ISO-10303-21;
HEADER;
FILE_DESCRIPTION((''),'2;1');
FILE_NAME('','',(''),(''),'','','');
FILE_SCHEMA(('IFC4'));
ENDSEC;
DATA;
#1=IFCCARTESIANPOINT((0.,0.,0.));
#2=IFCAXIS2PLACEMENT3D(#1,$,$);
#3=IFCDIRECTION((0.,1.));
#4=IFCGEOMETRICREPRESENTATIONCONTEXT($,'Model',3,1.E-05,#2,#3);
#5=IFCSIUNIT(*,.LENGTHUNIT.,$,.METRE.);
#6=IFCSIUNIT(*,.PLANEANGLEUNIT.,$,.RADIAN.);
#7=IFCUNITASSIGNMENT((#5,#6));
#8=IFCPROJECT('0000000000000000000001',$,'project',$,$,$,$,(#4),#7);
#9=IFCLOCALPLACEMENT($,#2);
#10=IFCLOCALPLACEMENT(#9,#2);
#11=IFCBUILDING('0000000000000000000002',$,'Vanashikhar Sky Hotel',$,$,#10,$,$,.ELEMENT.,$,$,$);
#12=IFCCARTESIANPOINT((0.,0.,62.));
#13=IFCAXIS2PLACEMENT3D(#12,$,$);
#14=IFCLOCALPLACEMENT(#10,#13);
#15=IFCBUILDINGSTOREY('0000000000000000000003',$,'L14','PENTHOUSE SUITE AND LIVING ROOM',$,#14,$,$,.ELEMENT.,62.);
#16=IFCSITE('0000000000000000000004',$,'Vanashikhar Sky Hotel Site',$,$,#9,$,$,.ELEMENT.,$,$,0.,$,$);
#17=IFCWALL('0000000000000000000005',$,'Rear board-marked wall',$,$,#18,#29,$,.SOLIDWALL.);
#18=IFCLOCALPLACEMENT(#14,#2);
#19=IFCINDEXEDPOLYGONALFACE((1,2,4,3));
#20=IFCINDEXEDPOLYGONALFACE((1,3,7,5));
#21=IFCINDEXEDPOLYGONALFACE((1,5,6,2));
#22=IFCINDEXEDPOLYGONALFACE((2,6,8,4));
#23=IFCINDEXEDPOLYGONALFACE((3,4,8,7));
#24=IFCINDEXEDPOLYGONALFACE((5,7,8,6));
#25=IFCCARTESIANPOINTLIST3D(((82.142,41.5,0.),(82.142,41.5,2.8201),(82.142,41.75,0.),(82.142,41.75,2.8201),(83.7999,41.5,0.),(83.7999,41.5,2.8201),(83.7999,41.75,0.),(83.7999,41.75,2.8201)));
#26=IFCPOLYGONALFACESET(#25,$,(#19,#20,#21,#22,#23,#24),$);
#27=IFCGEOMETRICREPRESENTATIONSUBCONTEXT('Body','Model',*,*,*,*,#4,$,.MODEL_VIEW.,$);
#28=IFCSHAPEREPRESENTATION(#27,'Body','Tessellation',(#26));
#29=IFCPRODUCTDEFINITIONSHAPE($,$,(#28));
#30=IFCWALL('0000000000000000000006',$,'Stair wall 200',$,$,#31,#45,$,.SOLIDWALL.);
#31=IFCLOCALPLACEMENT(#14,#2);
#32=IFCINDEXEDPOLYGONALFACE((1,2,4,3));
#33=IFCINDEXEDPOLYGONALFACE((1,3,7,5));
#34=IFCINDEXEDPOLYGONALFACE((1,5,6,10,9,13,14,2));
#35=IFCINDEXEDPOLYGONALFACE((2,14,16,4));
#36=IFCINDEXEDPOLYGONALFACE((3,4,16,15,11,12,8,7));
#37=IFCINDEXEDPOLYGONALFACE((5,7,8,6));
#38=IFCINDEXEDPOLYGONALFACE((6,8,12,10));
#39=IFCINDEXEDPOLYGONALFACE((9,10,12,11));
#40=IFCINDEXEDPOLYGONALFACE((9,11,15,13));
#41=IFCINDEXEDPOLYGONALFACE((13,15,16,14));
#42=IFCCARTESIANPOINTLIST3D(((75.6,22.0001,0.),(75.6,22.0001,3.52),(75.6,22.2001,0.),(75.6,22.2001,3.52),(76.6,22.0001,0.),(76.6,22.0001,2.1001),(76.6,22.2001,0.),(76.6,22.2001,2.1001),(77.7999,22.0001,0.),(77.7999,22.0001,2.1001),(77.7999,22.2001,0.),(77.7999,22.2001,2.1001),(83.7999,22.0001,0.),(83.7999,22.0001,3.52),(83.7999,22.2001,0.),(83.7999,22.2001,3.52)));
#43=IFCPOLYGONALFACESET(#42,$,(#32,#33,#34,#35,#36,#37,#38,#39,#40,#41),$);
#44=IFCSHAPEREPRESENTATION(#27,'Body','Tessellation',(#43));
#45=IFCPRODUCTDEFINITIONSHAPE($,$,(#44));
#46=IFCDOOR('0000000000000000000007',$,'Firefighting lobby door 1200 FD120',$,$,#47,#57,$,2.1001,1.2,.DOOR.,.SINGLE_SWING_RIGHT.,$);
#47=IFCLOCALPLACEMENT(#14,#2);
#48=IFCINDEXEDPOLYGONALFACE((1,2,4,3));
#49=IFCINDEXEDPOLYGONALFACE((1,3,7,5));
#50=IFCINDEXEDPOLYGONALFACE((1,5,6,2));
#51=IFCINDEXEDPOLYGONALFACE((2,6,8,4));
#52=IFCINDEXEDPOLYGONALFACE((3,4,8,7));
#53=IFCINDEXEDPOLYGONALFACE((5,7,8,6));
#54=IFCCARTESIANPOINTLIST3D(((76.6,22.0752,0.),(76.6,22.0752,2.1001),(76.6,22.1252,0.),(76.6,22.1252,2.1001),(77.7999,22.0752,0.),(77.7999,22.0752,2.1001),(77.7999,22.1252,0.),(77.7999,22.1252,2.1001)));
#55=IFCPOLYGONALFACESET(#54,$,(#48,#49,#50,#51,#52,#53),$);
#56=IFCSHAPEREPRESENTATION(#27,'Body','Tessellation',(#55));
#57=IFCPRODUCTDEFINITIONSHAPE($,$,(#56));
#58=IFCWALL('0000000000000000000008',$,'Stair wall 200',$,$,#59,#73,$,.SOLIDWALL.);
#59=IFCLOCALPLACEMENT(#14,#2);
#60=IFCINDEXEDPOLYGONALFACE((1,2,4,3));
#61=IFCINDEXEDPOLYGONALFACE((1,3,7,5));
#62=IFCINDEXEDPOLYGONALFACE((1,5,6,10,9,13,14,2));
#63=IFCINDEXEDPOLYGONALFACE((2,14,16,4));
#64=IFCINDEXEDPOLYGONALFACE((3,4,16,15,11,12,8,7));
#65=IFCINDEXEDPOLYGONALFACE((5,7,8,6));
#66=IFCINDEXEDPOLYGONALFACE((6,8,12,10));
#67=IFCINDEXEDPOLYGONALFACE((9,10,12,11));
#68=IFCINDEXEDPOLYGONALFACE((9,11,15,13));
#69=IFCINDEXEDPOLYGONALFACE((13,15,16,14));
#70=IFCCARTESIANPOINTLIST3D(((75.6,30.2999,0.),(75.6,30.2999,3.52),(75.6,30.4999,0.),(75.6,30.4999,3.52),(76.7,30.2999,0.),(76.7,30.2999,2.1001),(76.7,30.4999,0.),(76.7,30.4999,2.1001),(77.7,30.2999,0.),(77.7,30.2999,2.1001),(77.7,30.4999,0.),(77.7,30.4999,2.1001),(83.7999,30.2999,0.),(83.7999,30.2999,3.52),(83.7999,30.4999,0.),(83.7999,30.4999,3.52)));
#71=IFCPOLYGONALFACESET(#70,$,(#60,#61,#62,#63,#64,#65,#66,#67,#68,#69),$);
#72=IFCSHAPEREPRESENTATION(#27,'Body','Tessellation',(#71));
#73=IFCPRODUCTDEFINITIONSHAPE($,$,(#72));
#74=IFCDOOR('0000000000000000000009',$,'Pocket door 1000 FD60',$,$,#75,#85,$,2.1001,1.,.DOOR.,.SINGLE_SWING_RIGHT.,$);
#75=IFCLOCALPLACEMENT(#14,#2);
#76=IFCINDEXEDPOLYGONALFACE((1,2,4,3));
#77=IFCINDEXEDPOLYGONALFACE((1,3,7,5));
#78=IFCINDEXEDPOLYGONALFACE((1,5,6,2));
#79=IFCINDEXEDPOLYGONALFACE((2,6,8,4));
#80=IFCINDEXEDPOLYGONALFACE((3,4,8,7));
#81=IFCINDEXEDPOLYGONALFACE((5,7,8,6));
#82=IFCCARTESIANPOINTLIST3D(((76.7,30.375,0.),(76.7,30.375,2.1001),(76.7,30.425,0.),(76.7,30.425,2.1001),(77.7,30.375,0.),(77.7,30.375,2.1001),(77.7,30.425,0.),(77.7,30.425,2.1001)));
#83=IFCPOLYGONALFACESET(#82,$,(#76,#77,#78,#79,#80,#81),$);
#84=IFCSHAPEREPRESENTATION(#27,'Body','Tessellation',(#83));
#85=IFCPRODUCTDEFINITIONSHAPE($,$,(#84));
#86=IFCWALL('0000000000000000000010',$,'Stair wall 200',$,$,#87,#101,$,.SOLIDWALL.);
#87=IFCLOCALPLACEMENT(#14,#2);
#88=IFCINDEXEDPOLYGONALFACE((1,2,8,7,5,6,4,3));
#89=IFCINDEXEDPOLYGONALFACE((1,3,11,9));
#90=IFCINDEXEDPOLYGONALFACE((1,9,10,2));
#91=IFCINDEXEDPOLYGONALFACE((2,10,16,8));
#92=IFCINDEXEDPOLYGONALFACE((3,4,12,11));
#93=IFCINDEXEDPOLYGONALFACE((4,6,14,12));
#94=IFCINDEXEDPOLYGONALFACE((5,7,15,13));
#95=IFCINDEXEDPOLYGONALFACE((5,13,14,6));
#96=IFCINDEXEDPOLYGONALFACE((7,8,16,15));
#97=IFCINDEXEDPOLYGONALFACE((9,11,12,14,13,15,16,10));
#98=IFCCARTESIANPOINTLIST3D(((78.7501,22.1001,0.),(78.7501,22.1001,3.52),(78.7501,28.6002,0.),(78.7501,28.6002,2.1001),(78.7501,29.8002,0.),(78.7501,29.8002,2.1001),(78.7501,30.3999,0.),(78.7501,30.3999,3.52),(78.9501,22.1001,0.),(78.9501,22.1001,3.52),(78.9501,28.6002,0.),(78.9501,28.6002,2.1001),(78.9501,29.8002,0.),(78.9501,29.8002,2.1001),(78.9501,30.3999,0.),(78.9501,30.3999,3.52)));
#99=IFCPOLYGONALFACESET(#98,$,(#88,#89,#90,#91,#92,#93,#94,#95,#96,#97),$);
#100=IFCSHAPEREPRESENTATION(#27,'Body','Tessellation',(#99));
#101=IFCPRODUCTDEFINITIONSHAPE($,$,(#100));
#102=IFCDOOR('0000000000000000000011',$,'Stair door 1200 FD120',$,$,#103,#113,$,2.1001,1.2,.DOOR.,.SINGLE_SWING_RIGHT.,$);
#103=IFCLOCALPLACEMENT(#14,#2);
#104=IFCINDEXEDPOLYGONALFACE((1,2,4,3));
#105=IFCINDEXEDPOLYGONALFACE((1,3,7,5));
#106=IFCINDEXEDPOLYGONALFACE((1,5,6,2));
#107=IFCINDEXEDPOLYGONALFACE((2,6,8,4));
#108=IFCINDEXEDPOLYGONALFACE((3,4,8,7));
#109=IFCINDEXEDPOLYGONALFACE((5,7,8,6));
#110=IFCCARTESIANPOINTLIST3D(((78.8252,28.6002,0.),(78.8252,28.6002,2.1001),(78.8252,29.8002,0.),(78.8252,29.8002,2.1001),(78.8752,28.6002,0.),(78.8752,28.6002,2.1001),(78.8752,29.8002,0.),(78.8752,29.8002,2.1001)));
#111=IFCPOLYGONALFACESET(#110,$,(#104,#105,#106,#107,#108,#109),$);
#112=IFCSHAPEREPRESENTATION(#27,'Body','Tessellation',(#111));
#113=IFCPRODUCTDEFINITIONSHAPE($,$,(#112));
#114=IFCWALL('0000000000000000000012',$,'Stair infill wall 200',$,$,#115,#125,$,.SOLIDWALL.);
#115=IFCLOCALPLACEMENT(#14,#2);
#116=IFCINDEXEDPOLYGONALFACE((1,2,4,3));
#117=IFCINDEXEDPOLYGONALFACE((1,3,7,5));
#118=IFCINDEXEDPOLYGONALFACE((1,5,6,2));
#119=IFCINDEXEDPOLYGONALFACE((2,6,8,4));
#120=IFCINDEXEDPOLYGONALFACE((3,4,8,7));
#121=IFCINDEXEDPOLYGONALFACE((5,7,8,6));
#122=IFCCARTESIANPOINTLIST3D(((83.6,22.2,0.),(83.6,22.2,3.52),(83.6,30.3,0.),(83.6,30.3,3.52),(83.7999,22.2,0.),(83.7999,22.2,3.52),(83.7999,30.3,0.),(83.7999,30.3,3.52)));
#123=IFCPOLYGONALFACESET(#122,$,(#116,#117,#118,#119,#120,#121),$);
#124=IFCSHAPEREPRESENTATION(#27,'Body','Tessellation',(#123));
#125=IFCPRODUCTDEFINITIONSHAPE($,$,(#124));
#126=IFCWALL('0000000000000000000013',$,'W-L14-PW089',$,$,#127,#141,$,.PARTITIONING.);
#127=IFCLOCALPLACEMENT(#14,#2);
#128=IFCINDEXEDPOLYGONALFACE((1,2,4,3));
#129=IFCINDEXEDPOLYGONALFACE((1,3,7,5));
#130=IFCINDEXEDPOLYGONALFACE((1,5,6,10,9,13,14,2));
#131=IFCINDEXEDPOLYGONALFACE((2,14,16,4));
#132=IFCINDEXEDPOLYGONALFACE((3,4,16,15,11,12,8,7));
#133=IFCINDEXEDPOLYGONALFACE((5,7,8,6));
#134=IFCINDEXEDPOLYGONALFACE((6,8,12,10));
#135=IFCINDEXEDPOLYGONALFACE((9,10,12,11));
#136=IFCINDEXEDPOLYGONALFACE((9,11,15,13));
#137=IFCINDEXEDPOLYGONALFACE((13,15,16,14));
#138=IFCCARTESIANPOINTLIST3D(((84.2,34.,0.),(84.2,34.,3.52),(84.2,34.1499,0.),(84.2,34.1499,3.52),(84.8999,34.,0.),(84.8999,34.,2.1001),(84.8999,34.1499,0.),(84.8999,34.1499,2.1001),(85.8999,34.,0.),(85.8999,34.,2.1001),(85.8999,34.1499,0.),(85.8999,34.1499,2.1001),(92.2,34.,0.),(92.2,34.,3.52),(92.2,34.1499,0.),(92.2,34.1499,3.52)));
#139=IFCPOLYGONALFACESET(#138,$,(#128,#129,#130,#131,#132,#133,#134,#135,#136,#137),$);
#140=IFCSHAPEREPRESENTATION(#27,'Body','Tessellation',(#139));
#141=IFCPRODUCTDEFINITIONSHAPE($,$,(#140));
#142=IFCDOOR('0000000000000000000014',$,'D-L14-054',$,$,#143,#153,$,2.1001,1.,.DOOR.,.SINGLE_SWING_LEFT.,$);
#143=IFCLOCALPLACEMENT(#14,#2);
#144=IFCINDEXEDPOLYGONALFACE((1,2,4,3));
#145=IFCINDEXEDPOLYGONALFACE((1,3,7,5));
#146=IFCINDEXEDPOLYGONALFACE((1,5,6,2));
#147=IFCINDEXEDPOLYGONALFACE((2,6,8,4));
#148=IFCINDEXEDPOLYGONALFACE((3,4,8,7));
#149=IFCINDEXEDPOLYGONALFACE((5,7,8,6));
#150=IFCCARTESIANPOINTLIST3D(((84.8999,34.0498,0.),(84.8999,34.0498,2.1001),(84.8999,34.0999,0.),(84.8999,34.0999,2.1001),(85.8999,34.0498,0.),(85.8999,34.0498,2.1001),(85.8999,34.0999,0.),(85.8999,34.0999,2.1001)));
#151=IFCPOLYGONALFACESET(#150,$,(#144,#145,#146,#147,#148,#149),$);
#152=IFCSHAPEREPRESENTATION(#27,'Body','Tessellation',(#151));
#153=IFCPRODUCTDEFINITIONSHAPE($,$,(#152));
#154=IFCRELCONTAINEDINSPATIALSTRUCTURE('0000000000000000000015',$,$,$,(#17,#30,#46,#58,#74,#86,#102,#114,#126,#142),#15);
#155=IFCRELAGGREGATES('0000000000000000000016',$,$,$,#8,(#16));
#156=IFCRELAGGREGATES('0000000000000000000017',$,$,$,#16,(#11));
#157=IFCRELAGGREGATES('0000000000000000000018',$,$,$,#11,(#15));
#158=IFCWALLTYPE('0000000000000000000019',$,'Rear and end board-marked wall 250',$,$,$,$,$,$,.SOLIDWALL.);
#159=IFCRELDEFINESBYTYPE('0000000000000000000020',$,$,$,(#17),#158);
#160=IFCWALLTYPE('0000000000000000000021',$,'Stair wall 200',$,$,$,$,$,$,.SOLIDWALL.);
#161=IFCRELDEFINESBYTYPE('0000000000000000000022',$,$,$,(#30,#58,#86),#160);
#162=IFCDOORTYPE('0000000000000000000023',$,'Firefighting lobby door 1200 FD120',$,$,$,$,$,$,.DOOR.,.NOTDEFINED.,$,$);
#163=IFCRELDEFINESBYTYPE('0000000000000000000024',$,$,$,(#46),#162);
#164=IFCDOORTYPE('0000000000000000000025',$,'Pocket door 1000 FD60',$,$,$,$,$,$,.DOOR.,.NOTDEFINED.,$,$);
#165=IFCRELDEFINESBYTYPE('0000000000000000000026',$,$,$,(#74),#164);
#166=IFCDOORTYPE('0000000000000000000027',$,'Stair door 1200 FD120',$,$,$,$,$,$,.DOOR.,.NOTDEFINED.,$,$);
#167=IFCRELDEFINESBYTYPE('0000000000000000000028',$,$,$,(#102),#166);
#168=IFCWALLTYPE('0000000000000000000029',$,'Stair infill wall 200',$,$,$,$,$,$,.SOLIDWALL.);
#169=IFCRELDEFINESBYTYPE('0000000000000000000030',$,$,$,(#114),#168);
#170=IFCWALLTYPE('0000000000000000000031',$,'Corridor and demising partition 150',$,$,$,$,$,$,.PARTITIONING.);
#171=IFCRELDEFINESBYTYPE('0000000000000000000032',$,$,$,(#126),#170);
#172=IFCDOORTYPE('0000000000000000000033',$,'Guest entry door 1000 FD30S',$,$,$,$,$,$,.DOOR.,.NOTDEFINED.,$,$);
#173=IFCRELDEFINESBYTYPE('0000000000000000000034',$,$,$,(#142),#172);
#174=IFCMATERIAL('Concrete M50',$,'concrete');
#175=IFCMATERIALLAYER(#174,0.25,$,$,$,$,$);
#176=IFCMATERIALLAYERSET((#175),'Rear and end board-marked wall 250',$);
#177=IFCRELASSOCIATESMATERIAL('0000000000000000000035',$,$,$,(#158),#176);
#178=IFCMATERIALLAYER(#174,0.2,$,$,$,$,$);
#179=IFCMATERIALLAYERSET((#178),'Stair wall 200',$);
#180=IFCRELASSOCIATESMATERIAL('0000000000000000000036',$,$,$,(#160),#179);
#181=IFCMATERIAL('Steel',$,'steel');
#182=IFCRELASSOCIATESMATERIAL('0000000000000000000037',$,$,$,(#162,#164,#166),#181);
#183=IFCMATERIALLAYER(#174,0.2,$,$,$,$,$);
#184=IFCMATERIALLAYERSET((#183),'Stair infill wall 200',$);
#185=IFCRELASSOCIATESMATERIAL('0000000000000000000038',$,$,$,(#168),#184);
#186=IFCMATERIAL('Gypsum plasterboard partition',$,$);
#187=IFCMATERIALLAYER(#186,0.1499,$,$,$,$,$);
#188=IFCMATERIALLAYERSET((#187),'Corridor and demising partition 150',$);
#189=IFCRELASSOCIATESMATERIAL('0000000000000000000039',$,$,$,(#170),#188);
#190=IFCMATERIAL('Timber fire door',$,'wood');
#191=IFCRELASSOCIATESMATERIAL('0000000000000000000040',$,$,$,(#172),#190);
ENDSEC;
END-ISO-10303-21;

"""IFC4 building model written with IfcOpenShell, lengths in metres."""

from ifc_helpers import new_model, si_unit, direction, frame, frame_2d, origin, place, context, subcontext, project, spatial, rectangle, extrude, source, transform, mapped, material, layer, layer_set, type_object, element, fill, save


model = new_model("IFC4")

# Units and contexts
model_context = context("Model", 3, precision=1e-05, world=origin(), true_north=direction((0.0, 1.0)))
body_context = subcontext(model_context, "Body", "Model", "MODEL_VIEW")
ifc_project = project(units=[si_unit("LENGTHUNIT", "METRE"), si_unit("PLANEANGLEUNIT", "RADIAN")], contexts=[model_context])

# Site, building, storey
site_placement = place(None, origin())
site = spatial("IfcSite", under=ifc_project, at=site_placement, Name="Vanashikhar Sky Hotel Site", CompositionType="ELEMENT", RefElevation=0.0)
building_placement = place(site_placement, origin())
building = spatial("IfcBuilding", under=site, at=building_placement, Name="Vanashikhar Sky Hotel", CompositionType="ELEMENT")
storey_placement = place(building_placement, frame((0.0, 0.0, 62.0)))
storey = spatial("IfcBuildingStorey", under=building, at=storey_placement, Name="L14", Description="PENTHOUSE SUITE AND LIVING ROOM", CompositionType="ELEMENT", Elevation=62.0)

# Shared definitions
ifc_material_1 = material(Name="Concrete M50", Category="concrete")

# Shared definitions
ifc_material_2 = material(Name="Steel", Category="steel")
shared_shape_1 = source(origin(), body_context, "Body", "SweptSolid", [
    extrude(rectangle(XDim=1.2, YDim=2.1001, at=frame_2d((0.6001, 1.05))), frame((0.0, 0.0249, 0.0), z_axis=(0.0, -1.0, 0.0), x_axis=(1.0, 0.0, 0.0)), (0.0, 0.0, 1.0), 0.05),
])

# Wall
ifc_layer_1 = layer(ifc_material_1, 0.25)
ifc_layer_set_1 = layer_set([ifc_layer_1], Name="Rear and end board-marked wall 250")
wall_type_1 = type_object("IfcWallType", Name="Rear and end board-marked wall 250", PredefinedType="SOLIDWALL", material=ifc_layer_set_1)
shared_shape_2 = source(origin(), body_context, "Body", "SweptSolid", [
    extrude(rectangle(XDim=1.658, YDim=0.25, at=frame_2d((0.8291, 0.0))), origin(), (0.0, 0.0, 1.0), 2.8201),
])
wall_1_placement = place(storey_placement, frame((83.8, 41.625, 0.0), z_axis=(0.0, 0.0, 1.0), x_axis=(-1.0, 0.0, 0.0)))
element("IfcWall", 1, at=wall_1_placement, inside=storey, type_object=wall_type_1, Name="Rear board-marked wall", PredefinedType="SOLIDWALL", context=body_context, shape_type="MappedRepresentation", body=[
    mapped(shared_shape_2, transform((0.0, 0.0, 0.0), scale=1.0)),
])

# Walls, openings, doors
ifc_layer_2 = layer(ifc_material_1, 0.2)
ifc_layer_set_2 = layer_set([ifc_layer_2], Name="Stair wall 200")
wall_type_2 = type_object("IfcWallType", Name="Stair wall 200", PredefinedType="SOLIDWALL", material=ifc_layer_set_2)
shared_shape_3 = source(origin(), body_context, "Body", "SweptSolid", [
    extrude(rectangle(XDim=8.2, YDim=0.2, at=frame_2d((4.1001, 0.0))), origin(), (0.0, 0.0, 1.0), 3.52),
])
wall_2_placement = place(storey_placement, frame((83.8, 22.1001, 0.0), z_axis=(0.0, 0.0, 1.0), x_axis=(-1.0, 0.0, 0.0)))
wall_2 = element("IfcWall", 2, at=wall_2_placement, inside=storey, type_object=wall_type_2, Name="Stair wall 200", PredefinedType="SOLIDWALL", context=body_context, shape_type="MappedRepresentation", body=[
    mapped(shared_shape_3, transform((0.0, 0.0, 0.0), scale=1.0)),
])
shared_shape_4 = source(origin(), body_context, "Body", "SweptSolid", [
    extrude(rectangle(XDim=1.2, YDim=2.1001, at=frame_2d((0.6001, 1.05))), frame((0.0, 0.1099, 0.0), z_axis=(0.0, -1.0, 0.0), x_axis=(1.0, 0.0, 0.0)), (0.0, 0.0, 1.0), 0.22),
])
opening_1_placement = place(wall_2_placement, frame((6.0, 0.0, 0.0)))
opening_1 = element("IfcOpeningElement", 3, at=opening_1_placement, cuts=wall_2, PredefinedType="OPENING", context=body_context, shape_type="MappedRepresentation", body=[
    mapped(shared_shape_4, transform((0.0, 0.0, 0.0), scale=1.0)),
])
door_type_1 = type_object("IfcDoorType", Name="Firefighting lobby door 1200 FD120", OperationType="NOTDEFINED", PredefinedType="DOOR", material=ifc_material_2)
door_1_placement = place(opening_1_placement, origin())
door_1 = element("IfcDoor", 4, at=door_1_placement, inside=storey, type_object=door_type_1, Name="Firefighting lobby door 1200 FD120", OperationType="SINGLE_SWING_RIGHT", OverallHeight=2.1001, OverallWidth=1.2, PredefinedType="DOOR", context=body_context, shape_type="MappedRepresentation", body=[
    mapped(shared_shape_1, transform((0.0, 0.0, 0.0), scale=1.0)),
])
fill(opening_1, door_1)
wall_3_placement = place(storey_placement, frame((83.8, 30.3999, 0.0), z_axis=(0.0, 0.0, 1.0), x_axis=(-1.0, 0.0, 0.0)))
wall_3 = element("IfcWall", 5, at=wall_3_placement, inside=storey, type_object=wall_type_2, Name="Stair wall 200", PredefinedType="SOLIDWALL", context=body_context, shape_type="MappedRepresentation", body=[
    mapped(shared_shape_3, transform((0.0, 0.0, 0.0), scale=1.0)),
])
shared_shape_5 = source(origin(), body_context, "Body", "SweptSolid", [
    extrude(rectangle(XDim=1.0, YDim=2.1001, at=frame_2d((0.5, 1.05))), frame((0.0, 0.1099, 0.0), z_axis=(0.0, -1.0, 0.0), x_axis=(1.0, 0.0, 0.0)), (0.0, 0.0, 1.0), 0.22),
])
opening_2_placement = place(wall_3_placement, frame((6.1001, 0.0, 0.0)))
opening_2 = element("IfcOpeningElement", 6, at=opening_2_placement, cuts=wall_3, PredefinedType="OPENING", context=body_context, shape_type="MappedRepresentation", body=[
    mapped(shared_shape_5, transform((0.0, 0.0, 0.0), scale=1.0)),
])
door_type_2 = type_object("IfcDoorType", Name="Pocket door 1000 FD60", OperationType="NOTDEFINED", PredefinedType="DOOR", material=ifc_material_2)
shared_shape_6 = source(origin(), body_context, "Body", "SweptSolid", [
    extrude(rectangle(XDim=1.0, YDim=2.1001, at=frame_2d((0.5, 1.05))), frame((0.0, 0.0249, 0.0), z_axis=(0.0, -1.0, 0.0), x_axis=(1.0, 0.0, 0.0)), (0.0, 0.0, 1.0), 0.05),
])
door_2_placement = place(opening_2_placement, origin())
door_2 = element("IfcDoor", 7, at=door_2_placement, inside=storey, type_object=door_type_2, Name="Pocket door 1000 FD60", OperationType="SINGLE_SWING_RIGHT", OverallHeight=2.1001, OverallWidth=1.0, PredefinedType="DOOR", context=body_context, shape_type="MappedRepresentation", body=[
    mapped(shared_shape_6, transform((0.0, 0.0, 0.0), scale=1.0)),
])
fill(opening_2, door_2)
shared_shape_7 = source(origin(), body_context, "Body", "SweptSolid", [
    extrude(rectangle(XDim=8.2998, YDim=0.2, at=frame_2d((4.1499, 0.0))), origin(), (0.0, 0.0, 1.0), 3.52),
])
wall_4_placement = place(storey_placement, frame((78.8501, 22.1001, 0.0), z_axis=(0.0, 0.0, 1.0), x_axis=(0.0, 1.0, 0.0)))
wall_4 = element("IfcWall", 8, at=wall_4_placement, inside=storey, type_object=wall_type_2, Name="Stair wall 200", PredefinedType="SOLIDWALL", context=body_context, shape_type="MappedRepresentation", body=[
    mapped(shared_shape_7, transform((0.0, 0.0, 0.0), scale=1.0)),
])
opening_3_placement = place(wall_4_placement, frame((6.5, 0.0, 0.0)))
opening_3 = element("IfcOpeningElement", 9, at=opening_3_placement, cuts=wall_4, PredefinedType="OPENING", context=body_context, shape_type="MappedRepresentation", body=[
    mapped(shared_shape_4, transform((0.0, 0.0, 0.0), scale=1.0)),
])
door_type_3 = type_object("IfcDoorType", Name="Stair door 1200 FD120", OperationType="NOTDEFINED", PredefinedType="DOOR", material=ifc_material_2)
door_3_placement = place(opening_3_placement, origin())
door_3 = element("IfcDoor", 10, at=door_3_placement, inside=storey, type_object=door_type_3, Name="Stair door 1200 FD120", OperationType="SINGLE_SWING_RIGHT", OverallHeight=2.1001, OverallWidth=1.2, PredefinedType="DOOR", context=body_context, shape_type="MappedRepresentation", body=[
    mapped(shared_shape_1, transform((0.0, 0.0, 0.0), scale=1.0)),
])
fill(opening_3, door_3)

# Wall
ifc_layer_3 = layer(ifc_material_1, 0.2)
ifc_layer_set_3 = layer_set([ifc_layer_3], Name="Stair infill wall 200")
wall_type_3 = type_object("IfcWallType", Name="Stair infill wall 200", PredefinedType="SOLIDWALL", material=ifc_layer_set_3)
shared_shape_8 = source(origin(), body_context, "Body", "SweptSolid", [
    extrude(rectangle(XDim=8.1001, YDim=0.2, at=frame_2d((4.05, 0.0))), origin(), (0.0, 0.0, 1.0), 3.52),
])
wall_5_placement = place(storey_placement, frame((83.7, 22.2, 0.0), z_axis=(0.0, 0.0, 1.0), x_axis=(0.0, 1.0, 0.0)))
element("IfcWall", 11, at=wall_5_placement, inside=storey, type_object=wall_type_3, Name="Stair infill wall 200", PredefinedType="SOLIDWALL", context=body_context, shape_type="MappedRepresentation", body=[
    mapped(shared_shape_8, transform((0.0, 0.0, 0.0), scale=1.0)),
])

# Wall, opening, door
ifc_material_3 = material(Name="Gypsum plasterboard partition")
ifc_layer_4 = layer(ifc_material_3, 0.1499)
ifc_layer_set_4 = layer_set([ifc_layer_4], Name="Corridor and demising partition 150")
wall_type_4 = type_object("IfcWallType", Name="Corridor and demising partition 150", PredefinedType="PARTITIONING", material=ifc_layer_set_4)
shared_shape_9 = source(origin(), body_context, "Body", "SweptSolid", [
    extrude(rectangle(XDim=8.0, YDim=0.1499, at=frame_2d((4.0, 0.0))), origin(), (0.0, 0.0, 1.0), 3.52),
])
wall_6_placement = place(storey_placement, frame((84.2, 34.075, 0.0), z_axis=(0.0, 0.0, 1.0), x_axis=(1.0, 0.0, 0.0)))
wall_6 = element("IfcWall", 12, at=wall_6_placement, inside=storey, type_object=wall_type_4, Name="W-L14-PW089", PredefinedType="PARTITIONING", context=body_context, shape_type="MappedRepresentation", body=[
    mapped(shared_shape_9, transform((0.0, 0.0, 0.0), scale=1.0)),
])
shared_shape_10 = source(origin(), body_context, "Body", "SweptSolid", [
    extrude(rectangle(XDim=1.0, YDim=2.1001, at=frame_2d((0.5, 1.05))), frame((0.0, 0.085, 0.0), z_axis=(0.0, -1.0, 0.0), x_axis=(1.0, 0.0, 0.0)), (0.0, 0.0, 1.0), 0.1699),
])
opening_4_placement = place(wall_6_placement, frame((0.7, 0.0, 0.0)))
opening_4 = element("IfcOpeningElement", 13, at=opening_4_placement, cuts=wall_6, PredefinedType="OPENING", context=body_context, shape_type="MappedRepresentation", body=[
    mapped(shared_shape_10, transform((0.0, 0.0, 0.0), scale=1.0)),
])
ifc_material_4 = material(Name="Timber fire door", Category="wood")
door_type_4 = type_object("IfcDoorType", Name="Guest entry door 1000 FD30S", OperationType="NOTDEFINED", PredefinedType="DOOR", material=ifc_material_4)
door_4_placement = place(opening_4_placement, origin())
door_4 = element("IfcDoor", 14, at=door_4_placement, inside=storey, type_object=door_type_4, Name="D-L14-054", OperationType="SINGLE_SWING_LEFT", OverallHeight=2.1001, OverallWidth=1.0, PredefinedType="DOOR", context=body_context, shape_type="MappedRepresentation", body=[
    mapped(shared_shape_6, transform((0.0, 0.0, 0.0), scale=1.0)),
])
fill(opening_4, door_4)

save(model, "model.ifc")
